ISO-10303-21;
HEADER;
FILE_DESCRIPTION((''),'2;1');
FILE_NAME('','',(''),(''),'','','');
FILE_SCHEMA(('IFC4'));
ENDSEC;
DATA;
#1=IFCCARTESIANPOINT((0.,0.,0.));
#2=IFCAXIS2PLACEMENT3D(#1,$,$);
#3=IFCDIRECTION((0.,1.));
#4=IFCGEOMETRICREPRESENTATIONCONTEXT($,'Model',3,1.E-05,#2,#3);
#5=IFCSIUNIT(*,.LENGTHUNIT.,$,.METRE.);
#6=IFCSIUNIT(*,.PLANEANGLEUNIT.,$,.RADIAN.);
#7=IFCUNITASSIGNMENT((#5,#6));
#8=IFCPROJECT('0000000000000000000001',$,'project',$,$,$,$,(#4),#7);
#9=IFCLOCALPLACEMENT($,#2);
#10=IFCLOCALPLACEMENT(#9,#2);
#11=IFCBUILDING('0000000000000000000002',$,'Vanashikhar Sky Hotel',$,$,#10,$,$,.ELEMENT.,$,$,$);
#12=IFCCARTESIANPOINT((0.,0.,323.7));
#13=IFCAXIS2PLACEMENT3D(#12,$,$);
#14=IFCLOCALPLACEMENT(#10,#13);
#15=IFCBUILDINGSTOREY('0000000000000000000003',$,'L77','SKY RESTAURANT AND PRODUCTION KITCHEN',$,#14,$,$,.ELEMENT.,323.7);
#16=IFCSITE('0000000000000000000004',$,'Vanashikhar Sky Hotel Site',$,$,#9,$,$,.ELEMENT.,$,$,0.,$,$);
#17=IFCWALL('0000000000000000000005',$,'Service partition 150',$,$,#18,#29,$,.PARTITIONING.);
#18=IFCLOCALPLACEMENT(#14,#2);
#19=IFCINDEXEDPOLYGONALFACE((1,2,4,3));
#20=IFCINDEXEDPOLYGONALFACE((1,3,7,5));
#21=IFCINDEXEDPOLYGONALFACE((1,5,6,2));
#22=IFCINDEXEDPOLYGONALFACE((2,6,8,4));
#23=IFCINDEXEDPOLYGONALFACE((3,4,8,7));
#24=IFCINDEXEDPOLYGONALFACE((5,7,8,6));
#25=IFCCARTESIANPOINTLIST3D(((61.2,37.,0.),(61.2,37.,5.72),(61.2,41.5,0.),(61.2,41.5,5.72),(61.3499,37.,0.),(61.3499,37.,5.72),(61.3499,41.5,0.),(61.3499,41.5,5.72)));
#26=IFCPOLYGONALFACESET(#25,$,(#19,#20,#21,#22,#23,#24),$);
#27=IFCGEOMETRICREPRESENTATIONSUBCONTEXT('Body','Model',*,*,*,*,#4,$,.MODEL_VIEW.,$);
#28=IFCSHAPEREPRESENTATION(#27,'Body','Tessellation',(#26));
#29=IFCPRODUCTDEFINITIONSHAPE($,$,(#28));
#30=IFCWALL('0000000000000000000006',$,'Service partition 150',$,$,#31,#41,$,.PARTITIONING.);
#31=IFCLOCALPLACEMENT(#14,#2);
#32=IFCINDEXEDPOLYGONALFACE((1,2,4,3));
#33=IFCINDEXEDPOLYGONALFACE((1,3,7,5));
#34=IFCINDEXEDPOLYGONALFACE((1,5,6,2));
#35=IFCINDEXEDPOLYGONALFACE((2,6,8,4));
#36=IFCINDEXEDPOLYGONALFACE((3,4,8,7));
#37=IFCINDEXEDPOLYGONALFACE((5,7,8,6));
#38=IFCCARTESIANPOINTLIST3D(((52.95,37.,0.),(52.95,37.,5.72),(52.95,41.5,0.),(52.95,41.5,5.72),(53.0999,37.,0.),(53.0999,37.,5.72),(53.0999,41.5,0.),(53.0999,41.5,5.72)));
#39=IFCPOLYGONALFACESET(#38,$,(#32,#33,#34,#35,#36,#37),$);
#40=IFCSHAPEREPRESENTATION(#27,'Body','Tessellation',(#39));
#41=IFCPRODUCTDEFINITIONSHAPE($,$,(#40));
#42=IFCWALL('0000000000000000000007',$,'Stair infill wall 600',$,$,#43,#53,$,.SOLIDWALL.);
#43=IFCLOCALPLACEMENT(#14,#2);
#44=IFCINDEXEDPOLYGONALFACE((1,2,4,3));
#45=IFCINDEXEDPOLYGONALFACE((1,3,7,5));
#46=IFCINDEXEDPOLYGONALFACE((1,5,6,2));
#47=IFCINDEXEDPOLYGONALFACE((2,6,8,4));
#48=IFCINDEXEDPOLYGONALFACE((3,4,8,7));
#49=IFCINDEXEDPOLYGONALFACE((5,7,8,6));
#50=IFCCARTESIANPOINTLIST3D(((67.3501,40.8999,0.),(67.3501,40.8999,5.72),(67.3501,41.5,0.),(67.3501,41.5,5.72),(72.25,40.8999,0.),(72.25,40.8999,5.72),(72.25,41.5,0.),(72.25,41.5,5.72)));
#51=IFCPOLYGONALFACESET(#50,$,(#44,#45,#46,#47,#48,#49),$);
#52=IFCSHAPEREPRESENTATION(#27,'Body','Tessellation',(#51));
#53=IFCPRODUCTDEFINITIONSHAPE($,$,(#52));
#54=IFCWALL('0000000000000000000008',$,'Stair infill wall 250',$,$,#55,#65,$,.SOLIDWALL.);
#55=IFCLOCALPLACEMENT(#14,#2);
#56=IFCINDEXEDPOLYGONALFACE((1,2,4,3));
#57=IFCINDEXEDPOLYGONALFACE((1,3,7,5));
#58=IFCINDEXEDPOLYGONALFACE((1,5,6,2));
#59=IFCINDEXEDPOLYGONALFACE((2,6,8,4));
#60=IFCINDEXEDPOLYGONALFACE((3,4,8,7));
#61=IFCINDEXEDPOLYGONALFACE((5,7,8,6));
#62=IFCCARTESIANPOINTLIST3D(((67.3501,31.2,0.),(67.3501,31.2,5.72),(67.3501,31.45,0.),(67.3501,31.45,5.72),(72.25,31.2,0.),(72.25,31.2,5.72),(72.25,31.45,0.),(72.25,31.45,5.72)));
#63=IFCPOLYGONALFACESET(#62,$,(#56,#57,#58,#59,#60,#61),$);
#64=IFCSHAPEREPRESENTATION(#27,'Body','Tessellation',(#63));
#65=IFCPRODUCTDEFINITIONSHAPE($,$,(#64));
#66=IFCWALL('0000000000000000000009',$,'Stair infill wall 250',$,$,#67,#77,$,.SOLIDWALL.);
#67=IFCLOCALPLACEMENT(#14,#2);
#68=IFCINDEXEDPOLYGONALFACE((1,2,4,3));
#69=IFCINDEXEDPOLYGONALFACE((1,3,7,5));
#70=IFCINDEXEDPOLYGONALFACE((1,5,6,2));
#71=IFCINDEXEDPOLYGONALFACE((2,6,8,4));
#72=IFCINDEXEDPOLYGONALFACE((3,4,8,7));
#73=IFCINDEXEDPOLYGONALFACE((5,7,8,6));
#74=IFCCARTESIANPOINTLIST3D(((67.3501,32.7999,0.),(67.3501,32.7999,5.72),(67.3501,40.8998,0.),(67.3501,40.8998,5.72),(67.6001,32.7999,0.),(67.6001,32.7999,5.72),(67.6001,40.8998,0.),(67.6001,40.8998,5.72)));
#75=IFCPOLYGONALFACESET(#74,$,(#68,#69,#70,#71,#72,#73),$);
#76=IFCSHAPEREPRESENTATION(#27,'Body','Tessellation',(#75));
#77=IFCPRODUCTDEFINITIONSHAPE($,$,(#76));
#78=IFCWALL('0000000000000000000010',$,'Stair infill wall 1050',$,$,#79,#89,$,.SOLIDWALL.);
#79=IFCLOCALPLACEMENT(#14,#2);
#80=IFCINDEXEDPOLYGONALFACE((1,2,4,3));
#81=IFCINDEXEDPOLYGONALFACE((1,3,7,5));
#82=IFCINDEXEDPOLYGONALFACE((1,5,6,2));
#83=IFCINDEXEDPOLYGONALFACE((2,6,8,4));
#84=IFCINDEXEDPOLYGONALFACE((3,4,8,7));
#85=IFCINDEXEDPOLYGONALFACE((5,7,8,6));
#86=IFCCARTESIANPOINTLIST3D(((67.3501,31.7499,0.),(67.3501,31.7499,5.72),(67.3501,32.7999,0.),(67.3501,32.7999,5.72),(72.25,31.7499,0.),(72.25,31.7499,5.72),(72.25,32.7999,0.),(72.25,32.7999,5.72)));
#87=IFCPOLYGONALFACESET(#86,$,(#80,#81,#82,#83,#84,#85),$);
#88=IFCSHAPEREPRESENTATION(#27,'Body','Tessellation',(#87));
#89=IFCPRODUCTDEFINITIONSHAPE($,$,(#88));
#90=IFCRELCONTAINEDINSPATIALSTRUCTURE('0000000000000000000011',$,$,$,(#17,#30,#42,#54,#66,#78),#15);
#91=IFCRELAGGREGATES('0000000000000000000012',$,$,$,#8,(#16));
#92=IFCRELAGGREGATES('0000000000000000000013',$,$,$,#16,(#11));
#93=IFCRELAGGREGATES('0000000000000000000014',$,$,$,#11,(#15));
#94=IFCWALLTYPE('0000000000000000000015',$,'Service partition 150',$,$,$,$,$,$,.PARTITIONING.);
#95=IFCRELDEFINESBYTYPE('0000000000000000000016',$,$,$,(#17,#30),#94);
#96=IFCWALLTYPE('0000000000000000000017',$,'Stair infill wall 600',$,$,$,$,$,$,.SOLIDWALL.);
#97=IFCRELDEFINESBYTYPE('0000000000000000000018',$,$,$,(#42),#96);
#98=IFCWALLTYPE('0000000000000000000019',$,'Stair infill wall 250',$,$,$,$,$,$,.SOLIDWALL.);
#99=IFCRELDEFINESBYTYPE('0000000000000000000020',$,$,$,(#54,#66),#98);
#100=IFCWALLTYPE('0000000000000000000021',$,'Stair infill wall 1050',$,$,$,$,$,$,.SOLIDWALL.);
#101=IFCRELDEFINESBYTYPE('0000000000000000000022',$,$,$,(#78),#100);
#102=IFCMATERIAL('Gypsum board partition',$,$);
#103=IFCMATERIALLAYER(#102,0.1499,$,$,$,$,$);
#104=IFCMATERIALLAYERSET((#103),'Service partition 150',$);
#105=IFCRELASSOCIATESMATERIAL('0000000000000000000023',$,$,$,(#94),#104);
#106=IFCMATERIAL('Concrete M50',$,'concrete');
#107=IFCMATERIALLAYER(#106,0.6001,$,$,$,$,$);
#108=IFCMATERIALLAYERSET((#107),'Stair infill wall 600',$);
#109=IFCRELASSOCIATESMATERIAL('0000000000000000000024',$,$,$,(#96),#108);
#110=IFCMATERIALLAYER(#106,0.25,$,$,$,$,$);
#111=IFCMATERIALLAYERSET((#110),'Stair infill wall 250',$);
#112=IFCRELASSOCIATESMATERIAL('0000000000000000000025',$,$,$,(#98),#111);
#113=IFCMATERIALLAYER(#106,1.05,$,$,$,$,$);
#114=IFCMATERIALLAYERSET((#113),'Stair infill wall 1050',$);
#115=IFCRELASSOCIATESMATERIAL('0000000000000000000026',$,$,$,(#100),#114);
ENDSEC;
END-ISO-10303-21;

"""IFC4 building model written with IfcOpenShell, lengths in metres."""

from ifc_helpers import new_model, si_unit, direction, frame, frame_2d, origin, place, context, subcontext, project, spatial, rectangle, extrude, source, transform, mapped, material, layer, layer_set, type_object, element, save


model = new_model("IFC4")

# Units and contexts
model_context = context("Model", 3, precision=1e-05, world=origin(), true_north=direction((0.0, 1.0)))
body_context = subcontext(model_context, "Body", "Model", "MODEL_VIEW")
ifc_project = project(units=[si_unit("LENGTHUNIT", "METRE"), si_unit("PLANEANGLEUNIT", "RADIAN")], contexts=[model_context])

# Site, building, storey
site_placement = place(None, origin())
site = spatial("IfcSite", under=ifc_project, at=site_placement, Name="Vanashikhar Sky Hotel Site", CompositionType="ELEMENT", RefElevation=0.0)
building_placement = place(site_placement, origin())
building = spatial("IfcBuilding", under=site, at=building_placement, Name="Vanashikhar Sky Hotel", CompositionType="ELEMENT")
storey_placement = place(building_placement, frame((0.0, 0.0, 323.7)))
storey = spatial("IfcBuildingStorey", under=building, at=storey_placement, Name="L77", Description="SKY RESTAURANT AND PRODUCTION KITCHEN", CompositionType="ELEMENT", Elevation=323.7)

# Shared definitions
ifc_material_1 = material(Name="Concrete M50", Category="concrete")

# Shared definitions
ifc_material_2 = material(Name="Gypsum board partition")
ifc_layer_1 = layer(ifc_material_2, 0.1499)
ifc_layer_set_1 = layer_set([ifc_layer_1], Name="Service partition 150")
wall_type_1 = type_object("IfcWallType", Name="Service partition 150", PredefinedType="PARTITIONING", material=ifc_layer_set_1)

# Walls
shared_shape_1 = source(origin(), body_context, "Body", "SweptSolid", [
    extrude(rectangle(XDim=4.5, YDim=0.1499, at=frame_2d((2.25, 0.0))), origin(), (0.0, 0.0, 1.0), 5.72),
])
for number, where, z_axis, x_axis, name in (
    (1, (61.2749, 37.0, 0.0), (0.0, 0.0, 1.0), (0.0, 1.0, 0.0), "Service partition 150"),
    (2, (53.0249, 37.0, 0.0), (0.0, 0.0, 1.0), (0.0, 1.0, 0.0), "Service partition 150"),
):
    element("IfcWall", number, at=place(storey_placement, frame(where, z_axis=z_axis, x_axis=x_axis)), inside=storey, type_object=wall_type_1, Name=name, PredefinedType="PARTITIONING", context=body_context, shape_type="MappedRepresentation", body=[
        mapped(shared_shape_1, transform((0.0, 0.0, 0.0), scale=1.0)),
    ])
ifc_layer_2 = layer(ifc_material_1, 0.6001)
ifc_layer_set_2 = layer_set([ifc_layer_2], Name="Stair infill wall 600")
wall_type_2 = type_object("IfcWallType", Name="Stair infill wall 600", PredefinedType="SOLIDWALL", material=ifc_layer_set_2)
shared_shape_2 = source(origin(), body_context, "Body", "SweptSolid", [
    extrude(rectangle(XDim=4.8999, YDim=0.6001, at=frame_2d((2.45, 0.0))), origin(), (0.0, 0.0, 1.0), 5.72),
])
wall_1_placement = place(storey_placement, frame((67.3501, 41.2, 0.0), z_axis=(0.0, 0.0, 1.0), x_axis=(1.0, 0.0, 0.0)))
element("IfcWall", 3, at=wall_1_placement, inside=storey, type_object=wall_type_2, Name="Stair infill wall 600", PredefinedType="SOLIDWALL", context=body_context, shape_type="MappedRepresentation", body=[
    mapped(shared_shape_2, transform((0.0, 0.0, 0.0), scale=1.0)),
])
ifc_layer_3 = layer(ifc_material_1, 0.25)
ifc_layer_set_3 = layer_set([ifc_layer_3], Name="Stair infill wall 250")
wall_type_3 = type_object("IfcWallType", Name="Stair infill wall 250", PredefinedType="SOLIDWALL", material=ifc_layer_set_3)
shared_shape_3 = source(origin(), body_context, "Body", "SweptSolid", [
    extrude(rectangle(XDim=4.8999, YDim=0.25, at=frame_2d((2.45, 0.0))), origin(), (0.0, 0.0, 1.0), 5.72),
])
wall_2_placement = place(storey_placement, frame((67.3501, 31.325, 0.0), z_axis=(0.0, 0.0, 1.0), x_axis=(1.0, 0.0, 0.0)))
element("IfcWall", 4, at=wall_2_placement, inside=storey, type_object=wall_type_3, Name="Stair infill wall 250", PredefinedType="SOLIDWALL", context=body_context, shape_type="MappedRepresentation", body=[
    mapped(shared_shape_3, transform((0.0, 0.0, 0.0), scale=1.0)),
])
shared_shape_4 = source(origin(), body_context, "Body", "SweptSolid", [
    extrude(rectangle(XDim=8.0999, YDim=0.25, at=frame_2d((4.0498, 0.0))), origin(), (0.0, 0.0, 1.0), 5.72),
])
wall_3_placement = place(storey_placement, frame((67.4751, 32.8, 0.0), z_axis=(0.0, 0.0, 1.0), x_axis=(0.0, 1.0, 0.0)))
element("IfcWall", 5, at=wall_3_placement, inside=storey, type_object=wall_type_3, Name="Stair infill wall 250", PredefinedType="SOLIDWALL", context=body_context, shape_type="MappedRepresentation", body=[
    mapped(shared_shape_4, transform((0.0, 0.0, 0.0), scale=1.0)),
])
ifc_layer_4 = layer(ifc_material_1, 1.05)
ifc_layer_set_4 = layer_set([ifc_layer_4], Name="Stair infill wall 1050")
wall_type_4 = type_object("IfcWallType", Name="Stair infill wall 1050", PredefinedType="SOLIDWALL", material=ifc_layer_set_4)
shared_shape_5 = source(origin(), body_context, "Body", "SweptSolid", [
    extrude(rectangle(XDim=4.8999, YDim=1.05, at=frame_2d((2.45, 0.0))), origin(), (0.0, 0.0, 1.0), 5.72),
])
wall_4_placement = place(storey_placement, frame((67.3501, 32.2749, 0.0), z_axis=(0.0, 0.0, 1.0), x_axis=(1.0, 0.0, 0.0)))
element("IfcWall", 6, at=wall_4_placement, inside=storey, type_object=wall_type_4, Name="Stair infill wall 1050", PredefinedType="SOLIDWALL", context=body_context, shape_type="MappedRepresentation", body=[
    mapped(shared_shape_5, transform((0.0, 0.0, 0.0), scale=1.0)),
])

save(model, "model.ifc")
